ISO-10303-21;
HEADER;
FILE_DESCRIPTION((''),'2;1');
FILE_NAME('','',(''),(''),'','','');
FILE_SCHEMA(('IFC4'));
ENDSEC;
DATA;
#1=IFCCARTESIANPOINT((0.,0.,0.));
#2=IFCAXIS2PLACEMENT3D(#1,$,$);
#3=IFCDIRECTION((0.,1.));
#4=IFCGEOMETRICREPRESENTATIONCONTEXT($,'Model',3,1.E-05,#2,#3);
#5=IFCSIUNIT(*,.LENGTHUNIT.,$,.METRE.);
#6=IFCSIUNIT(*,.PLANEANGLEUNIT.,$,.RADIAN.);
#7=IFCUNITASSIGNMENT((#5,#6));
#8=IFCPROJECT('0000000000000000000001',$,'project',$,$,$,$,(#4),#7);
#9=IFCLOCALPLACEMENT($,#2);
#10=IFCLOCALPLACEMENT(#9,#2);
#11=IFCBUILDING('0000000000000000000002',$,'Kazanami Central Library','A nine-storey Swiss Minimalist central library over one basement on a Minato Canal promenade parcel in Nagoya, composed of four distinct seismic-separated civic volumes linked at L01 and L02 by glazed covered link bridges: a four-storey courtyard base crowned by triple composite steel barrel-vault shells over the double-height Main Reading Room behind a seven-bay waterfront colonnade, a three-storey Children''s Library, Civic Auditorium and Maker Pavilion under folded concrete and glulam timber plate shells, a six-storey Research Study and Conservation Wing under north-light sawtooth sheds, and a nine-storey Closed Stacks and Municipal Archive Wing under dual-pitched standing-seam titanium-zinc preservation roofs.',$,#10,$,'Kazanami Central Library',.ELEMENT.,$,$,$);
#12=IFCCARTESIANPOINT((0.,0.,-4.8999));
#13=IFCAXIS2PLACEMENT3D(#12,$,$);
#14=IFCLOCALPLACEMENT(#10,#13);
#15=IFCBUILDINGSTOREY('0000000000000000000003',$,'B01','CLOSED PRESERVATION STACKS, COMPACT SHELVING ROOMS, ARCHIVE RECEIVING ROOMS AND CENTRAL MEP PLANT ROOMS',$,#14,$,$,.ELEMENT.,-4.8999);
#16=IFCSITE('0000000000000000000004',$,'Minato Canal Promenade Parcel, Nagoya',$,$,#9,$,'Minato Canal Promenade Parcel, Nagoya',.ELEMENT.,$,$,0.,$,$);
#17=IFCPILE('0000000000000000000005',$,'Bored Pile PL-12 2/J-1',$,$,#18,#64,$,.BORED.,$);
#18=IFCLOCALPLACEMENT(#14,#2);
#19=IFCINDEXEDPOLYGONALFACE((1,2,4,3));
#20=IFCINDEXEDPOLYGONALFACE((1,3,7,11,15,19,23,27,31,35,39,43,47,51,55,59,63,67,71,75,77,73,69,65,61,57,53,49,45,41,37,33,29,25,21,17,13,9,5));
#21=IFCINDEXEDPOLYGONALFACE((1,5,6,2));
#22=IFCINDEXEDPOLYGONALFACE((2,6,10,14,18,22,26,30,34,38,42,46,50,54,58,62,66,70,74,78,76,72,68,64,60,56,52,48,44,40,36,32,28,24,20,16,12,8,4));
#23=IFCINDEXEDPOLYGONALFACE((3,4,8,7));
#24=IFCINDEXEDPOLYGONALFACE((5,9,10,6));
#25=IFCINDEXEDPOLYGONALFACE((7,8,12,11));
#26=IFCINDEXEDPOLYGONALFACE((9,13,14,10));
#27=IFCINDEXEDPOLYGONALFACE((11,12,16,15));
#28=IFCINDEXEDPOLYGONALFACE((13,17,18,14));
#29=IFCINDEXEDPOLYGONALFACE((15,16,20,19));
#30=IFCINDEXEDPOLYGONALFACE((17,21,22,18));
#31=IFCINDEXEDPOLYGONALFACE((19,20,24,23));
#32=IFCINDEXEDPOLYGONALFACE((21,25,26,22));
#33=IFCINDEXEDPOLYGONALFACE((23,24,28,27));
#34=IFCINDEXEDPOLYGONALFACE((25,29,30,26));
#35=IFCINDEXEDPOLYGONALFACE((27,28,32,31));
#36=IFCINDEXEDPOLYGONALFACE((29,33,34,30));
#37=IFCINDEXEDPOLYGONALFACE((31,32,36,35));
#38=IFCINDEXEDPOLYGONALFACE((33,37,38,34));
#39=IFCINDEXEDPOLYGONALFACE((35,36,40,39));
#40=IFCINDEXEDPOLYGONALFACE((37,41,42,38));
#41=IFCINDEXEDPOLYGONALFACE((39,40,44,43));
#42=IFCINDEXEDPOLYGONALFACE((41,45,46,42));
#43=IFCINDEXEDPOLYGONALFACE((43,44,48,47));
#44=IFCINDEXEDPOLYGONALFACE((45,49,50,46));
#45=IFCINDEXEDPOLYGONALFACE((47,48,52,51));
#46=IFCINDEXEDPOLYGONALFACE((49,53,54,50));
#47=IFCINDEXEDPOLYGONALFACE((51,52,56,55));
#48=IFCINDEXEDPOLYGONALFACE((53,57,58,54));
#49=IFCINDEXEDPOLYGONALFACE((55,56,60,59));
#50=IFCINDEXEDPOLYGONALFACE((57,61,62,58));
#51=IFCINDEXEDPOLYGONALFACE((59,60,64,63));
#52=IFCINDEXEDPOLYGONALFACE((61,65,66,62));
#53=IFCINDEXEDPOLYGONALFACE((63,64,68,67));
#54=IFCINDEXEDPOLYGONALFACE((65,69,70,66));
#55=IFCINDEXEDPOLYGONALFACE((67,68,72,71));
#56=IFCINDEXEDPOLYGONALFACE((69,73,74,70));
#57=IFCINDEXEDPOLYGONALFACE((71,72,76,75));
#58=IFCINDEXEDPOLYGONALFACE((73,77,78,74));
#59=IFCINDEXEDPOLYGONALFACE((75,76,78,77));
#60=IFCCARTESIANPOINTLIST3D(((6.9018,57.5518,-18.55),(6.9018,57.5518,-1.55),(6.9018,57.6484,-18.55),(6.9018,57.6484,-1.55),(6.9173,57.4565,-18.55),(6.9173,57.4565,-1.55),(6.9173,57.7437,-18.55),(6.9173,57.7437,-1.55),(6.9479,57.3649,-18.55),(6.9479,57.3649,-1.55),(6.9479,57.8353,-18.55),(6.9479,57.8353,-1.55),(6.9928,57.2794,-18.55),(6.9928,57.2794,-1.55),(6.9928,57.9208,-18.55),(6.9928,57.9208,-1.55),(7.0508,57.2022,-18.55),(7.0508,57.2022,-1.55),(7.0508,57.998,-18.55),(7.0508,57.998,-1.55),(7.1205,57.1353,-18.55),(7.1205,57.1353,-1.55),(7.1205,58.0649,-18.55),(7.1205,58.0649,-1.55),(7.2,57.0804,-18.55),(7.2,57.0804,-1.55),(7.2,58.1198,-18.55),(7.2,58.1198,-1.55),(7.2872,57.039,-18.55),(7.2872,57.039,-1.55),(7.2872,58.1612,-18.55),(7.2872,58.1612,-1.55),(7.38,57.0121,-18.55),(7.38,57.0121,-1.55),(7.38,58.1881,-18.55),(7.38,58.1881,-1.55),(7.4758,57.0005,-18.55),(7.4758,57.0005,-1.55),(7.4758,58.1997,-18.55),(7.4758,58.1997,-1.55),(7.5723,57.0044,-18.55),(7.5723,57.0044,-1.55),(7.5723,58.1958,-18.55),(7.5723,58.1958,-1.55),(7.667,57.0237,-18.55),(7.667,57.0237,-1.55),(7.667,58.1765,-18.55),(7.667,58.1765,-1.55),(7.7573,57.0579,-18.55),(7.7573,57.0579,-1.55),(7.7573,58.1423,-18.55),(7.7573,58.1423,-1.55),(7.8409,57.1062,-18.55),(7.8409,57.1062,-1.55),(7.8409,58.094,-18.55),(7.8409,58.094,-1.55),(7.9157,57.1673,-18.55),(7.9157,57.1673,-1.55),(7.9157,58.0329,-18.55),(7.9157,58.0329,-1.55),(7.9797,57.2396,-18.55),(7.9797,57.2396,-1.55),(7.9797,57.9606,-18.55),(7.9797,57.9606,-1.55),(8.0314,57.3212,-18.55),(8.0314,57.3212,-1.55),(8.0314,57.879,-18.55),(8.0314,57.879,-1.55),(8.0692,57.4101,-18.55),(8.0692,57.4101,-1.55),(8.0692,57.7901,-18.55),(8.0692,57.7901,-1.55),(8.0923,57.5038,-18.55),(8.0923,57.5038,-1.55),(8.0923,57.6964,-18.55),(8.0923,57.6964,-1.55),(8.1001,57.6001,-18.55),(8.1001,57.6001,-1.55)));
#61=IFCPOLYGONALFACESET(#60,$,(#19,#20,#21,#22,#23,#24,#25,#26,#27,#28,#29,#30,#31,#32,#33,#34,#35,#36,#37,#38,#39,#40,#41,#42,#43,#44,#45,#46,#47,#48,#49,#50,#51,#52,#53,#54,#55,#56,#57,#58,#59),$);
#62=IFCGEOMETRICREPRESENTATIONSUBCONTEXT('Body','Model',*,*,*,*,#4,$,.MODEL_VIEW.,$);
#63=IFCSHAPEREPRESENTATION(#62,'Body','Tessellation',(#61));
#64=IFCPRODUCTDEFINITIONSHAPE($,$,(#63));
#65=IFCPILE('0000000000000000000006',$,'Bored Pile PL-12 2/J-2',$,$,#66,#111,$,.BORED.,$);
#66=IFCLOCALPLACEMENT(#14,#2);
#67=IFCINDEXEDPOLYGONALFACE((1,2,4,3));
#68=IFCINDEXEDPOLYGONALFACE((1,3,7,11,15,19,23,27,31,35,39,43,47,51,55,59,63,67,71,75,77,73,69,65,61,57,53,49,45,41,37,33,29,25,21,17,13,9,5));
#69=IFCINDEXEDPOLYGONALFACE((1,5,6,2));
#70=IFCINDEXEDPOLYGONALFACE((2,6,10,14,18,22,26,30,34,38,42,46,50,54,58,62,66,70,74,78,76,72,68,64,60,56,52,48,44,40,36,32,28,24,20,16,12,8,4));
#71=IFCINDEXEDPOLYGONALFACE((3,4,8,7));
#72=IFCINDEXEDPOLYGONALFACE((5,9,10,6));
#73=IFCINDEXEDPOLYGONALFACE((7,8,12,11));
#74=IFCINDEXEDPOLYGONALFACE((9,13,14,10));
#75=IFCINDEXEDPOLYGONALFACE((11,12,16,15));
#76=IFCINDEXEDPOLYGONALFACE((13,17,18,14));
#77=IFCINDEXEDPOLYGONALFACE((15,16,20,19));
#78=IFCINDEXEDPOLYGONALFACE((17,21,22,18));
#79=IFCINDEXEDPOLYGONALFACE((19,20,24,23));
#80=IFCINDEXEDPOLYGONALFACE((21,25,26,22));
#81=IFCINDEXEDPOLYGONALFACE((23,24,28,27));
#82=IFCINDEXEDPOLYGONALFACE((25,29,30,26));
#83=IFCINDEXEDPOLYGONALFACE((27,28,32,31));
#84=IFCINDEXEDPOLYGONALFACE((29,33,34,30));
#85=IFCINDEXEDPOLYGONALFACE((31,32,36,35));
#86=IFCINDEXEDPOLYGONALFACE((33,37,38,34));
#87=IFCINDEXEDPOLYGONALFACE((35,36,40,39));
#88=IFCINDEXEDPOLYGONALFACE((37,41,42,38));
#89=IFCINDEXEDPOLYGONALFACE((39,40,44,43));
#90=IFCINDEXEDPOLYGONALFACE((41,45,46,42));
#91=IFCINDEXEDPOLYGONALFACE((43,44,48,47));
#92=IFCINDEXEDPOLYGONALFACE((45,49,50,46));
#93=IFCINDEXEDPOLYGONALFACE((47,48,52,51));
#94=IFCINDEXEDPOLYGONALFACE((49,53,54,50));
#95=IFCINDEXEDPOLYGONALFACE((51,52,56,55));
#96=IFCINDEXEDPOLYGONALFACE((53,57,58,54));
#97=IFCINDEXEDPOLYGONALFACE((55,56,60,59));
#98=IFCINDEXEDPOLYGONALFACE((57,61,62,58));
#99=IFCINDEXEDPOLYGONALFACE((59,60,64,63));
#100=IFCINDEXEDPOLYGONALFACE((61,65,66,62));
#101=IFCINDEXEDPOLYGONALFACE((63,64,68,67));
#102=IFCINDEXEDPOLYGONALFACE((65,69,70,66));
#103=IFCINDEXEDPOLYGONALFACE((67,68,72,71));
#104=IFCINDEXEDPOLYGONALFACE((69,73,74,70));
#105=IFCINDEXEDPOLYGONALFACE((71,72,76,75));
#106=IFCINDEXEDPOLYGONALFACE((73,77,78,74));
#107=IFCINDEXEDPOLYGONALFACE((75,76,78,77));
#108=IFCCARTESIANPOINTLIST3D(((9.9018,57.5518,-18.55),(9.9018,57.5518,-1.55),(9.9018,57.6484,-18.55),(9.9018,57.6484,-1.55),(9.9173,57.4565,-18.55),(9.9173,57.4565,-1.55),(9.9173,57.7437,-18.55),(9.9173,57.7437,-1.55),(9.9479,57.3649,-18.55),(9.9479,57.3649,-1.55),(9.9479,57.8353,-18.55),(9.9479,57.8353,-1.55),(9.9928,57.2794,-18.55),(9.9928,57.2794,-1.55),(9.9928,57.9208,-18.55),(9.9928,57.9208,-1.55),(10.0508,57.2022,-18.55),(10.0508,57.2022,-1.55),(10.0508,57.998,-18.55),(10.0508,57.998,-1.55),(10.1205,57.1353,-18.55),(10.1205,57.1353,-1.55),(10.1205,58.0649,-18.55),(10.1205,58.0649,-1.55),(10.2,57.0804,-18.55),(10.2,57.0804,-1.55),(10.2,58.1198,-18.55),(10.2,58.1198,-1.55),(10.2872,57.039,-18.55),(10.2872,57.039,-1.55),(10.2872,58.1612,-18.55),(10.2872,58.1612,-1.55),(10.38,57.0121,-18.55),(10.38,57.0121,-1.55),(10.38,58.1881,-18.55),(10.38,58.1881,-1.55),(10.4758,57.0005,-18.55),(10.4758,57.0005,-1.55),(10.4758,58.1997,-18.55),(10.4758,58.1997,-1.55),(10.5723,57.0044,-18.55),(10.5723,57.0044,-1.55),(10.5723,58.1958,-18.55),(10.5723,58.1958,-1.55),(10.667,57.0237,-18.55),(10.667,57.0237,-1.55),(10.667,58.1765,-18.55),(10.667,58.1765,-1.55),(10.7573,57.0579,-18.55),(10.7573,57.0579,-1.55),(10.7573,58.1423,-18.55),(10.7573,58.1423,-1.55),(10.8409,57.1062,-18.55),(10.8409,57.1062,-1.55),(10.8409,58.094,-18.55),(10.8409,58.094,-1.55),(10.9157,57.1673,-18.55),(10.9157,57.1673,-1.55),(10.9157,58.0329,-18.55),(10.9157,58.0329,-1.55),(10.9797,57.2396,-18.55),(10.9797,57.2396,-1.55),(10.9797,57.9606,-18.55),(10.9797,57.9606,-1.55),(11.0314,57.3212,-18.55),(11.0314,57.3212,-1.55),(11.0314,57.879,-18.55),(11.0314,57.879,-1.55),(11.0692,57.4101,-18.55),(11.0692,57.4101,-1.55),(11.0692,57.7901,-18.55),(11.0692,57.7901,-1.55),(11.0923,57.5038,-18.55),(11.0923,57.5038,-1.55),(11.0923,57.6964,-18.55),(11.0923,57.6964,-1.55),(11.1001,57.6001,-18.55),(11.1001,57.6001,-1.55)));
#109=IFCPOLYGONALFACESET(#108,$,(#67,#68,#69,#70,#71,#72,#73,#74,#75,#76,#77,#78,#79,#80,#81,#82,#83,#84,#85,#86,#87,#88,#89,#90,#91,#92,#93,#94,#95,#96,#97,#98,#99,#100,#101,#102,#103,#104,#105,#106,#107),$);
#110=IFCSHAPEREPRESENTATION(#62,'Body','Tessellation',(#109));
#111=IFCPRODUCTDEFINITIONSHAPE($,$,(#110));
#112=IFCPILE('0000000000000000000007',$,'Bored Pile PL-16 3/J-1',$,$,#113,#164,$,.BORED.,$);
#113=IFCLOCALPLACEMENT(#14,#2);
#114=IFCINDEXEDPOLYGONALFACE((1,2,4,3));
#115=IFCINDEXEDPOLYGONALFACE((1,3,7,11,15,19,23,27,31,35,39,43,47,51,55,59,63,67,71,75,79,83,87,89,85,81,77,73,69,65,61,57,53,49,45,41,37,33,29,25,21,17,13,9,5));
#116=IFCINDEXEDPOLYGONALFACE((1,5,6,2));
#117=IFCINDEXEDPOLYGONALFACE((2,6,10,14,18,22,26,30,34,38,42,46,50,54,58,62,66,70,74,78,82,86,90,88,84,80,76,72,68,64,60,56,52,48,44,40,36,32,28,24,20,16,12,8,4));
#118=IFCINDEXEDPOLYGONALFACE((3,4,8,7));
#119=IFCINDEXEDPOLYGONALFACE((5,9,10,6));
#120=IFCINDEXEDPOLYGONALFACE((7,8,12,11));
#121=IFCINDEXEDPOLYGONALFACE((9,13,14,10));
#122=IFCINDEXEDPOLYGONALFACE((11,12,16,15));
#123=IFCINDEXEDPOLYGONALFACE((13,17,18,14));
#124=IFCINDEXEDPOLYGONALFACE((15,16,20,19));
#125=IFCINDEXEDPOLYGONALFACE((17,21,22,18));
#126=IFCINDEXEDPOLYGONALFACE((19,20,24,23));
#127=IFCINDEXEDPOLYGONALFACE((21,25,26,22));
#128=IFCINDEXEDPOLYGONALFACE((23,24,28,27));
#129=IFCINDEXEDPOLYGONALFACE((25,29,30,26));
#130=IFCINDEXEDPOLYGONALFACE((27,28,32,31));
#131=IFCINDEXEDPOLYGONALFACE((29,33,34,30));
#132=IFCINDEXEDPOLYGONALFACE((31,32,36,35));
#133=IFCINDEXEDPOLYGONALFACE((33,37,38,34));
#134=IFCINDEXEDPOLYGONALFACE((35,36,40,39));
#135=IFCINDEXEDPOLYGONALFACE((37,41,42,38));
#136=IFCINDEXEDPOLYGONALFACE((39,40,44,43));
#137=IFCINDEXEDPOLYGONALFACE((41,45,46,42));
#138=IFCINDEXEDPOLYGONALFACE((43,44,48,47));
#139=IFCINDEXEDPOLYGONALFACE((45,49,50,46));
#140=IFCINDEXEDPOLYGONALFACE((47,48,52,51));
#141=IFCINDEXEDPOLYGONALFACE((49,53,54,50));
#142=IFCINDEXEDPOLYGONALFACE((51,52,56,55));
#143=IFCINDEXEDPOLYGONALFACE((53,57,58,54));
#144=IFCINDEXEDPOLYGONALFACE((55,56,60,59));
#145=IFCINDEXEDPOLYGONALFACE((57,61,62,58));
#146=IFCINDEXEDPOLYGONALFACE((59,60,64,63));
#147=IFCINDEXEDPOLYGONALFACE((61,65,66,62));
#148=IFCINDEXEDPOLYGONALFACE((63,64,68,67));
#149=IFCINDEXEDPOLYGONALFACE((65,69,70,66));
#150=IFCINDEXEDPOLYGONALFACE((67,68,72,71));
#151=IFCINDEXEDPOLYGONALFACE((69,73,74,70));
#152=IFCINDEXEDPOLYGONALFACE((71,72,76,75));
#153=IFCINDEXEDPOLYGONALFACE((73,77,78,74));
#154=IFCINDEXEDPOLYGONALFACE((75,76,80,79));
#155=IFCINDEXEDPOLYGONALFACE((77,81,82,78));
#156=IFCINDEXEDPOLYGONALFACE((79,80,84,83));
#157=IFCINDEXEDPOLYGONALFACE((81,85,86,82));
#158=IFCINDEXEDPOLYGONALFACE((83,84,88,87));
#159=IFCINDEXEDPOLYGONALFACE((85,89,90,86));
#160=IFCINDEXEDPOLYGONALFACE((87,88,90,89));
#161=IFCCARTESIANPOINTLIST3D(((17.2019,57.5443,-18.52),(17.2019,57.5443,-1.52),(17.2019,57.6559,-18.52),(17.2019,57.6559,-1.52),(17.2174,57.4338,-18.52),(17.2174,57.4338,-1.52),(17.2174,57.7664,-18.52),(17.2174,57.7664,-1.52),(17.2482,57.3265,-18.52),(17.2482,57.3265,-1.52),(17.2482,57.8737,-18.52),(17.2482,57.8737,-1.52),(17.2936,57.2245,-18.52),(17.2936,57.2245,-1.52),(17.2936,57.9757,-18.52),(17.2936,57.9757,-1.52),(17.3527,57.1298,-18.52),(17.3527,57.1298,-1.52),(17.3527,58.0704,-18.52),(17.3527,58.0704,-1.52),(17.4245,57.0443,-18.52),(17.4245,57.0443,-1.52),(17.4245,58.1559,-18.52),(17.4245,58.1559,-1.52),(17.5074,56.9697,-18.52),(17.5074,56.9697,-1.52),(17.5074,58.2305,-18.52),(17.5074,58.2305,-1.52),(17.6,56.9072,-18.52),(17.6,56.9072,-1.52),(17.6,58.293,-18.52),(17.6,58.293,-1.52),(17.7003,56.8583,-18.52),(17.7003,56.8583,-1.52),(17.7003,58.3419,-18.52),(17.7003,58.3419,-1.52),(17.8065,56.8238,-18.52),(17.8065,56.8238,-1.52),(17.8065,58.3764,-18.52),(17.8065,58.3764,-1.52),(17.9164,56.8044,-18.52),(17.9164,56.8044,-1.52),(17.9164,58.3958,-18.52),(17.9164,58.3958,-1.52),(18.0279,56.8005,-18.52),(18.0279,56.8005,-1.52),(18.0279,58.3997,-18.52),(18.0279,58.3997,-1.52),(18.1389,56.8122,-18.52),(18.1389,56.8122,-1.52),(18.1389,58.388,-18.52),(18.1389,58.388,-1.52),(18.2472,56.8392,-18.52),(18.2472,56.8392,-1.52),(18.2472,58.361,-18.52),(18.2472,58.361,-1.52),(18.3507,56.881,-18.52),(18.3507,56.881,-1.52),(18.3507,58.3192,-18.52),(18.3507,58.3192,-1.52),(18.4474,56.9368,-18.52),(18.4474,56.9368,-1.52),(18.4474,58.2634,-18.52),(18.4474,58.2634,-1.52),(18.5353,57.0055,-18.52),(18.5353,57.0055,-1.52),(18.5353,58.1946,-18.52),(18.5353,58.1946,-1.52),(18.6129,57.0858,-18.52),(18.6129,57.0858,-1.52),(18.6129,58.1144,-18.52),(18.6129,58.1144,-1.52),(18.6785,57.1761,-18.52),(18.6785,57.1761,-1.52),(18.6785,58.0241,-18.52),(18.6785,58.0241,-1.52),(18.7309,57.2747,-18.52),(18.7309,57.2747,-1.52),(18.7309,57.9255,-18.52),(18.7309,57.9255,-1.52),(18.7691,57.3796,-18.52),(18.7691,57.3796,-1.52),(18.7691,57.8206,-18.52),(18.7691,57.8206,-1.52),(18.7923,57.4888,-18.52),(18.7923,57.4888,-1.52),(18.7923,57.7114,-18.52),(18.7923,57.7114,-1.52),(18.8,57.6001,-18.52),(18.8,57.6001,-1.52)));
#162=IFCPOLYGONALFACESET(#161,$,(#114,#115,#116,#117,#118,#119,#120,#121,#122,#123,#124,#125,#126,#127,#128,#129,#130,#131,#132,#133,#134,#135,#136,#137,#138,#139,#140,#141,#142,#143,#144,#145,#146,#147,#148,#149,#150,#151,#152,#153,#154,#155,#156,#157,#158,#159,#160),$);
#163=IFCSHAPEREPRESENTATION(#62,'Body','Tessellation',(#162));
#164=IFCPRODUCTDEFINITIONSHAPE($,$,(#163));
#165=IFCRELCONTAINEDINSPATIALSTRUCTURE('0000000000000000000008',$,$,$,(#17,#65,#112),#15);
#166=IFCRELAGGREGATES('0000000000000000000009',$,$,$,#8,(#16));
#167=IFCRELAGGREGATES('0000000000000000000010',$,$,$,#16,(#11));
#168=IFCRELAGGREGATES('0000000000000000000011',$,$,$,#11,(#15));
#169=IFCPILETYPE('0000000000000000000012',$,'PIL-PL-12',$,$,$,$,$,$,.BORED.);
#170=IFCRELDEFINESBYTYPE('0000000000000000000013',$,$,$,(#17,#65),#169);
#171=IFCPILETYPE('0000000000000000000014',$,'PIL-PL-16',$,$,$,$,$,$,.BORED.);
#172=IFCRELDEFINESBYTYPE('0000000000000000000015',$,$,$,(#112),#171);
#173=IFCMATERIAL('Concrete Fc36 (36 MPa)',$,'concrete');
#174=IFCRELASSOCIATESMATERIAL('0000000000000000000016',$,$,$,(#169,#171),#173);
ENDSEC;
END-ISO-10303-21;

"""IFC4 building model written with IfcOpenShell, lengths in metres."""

from ifc_helpers import new_model, si_unit, direction, frame, origin, origin_2d, place, context, subcontext, project, spatial, circle, extrude, material, material_profile, profile_set, type_object, element, save


model = new_model("IFC4")

# Units and contexts
model_context = context("Model", 3, precision=1e-05, world=origin(), true_north=direction((0.0, 1.0)))
body_context = subcontext(model_context, "Body", "Model", "MODEL_VIEW")
ifc_project = project(units=[si_unit("LENGTHUNIT", "METRE"), si_unit("PLANEANGLEUNIT", "RADIAN")], contexts=[model_context])

# Site, building, storey
site_placement = place(None, origin())
site = spatial("IfcSite", under=ifc_project, at=site_placement, Name="Minato Canal Promenade Parcel, Nagoya", LongName="Minato Canal Promenade Parcel, Nagoya", CompositionType="ELEMENT", RefElevation=0.0)
building_placement = place(site_placement, origin())
building = spatial("IfcBuilding", under=site, at=building_placement, Name="Kazanami Central Library", Description="A nine-storey Swiss Minimalist central library over one basement on a Minato Canal promenade parcel in Nagoya, composed of four distinct seismic-separated civic volumes linked at L01 and L02 by glazed covered link bridges: a four-storey courtyard base crowned by triple composite steel barrel-vault shells over the double-height Main Reading Room behind a seven-bay waterfront colonnade, a three-storey Children's Library, Civic Auditorium and Maker Pavilion under folded concrete and glulam timber plate shells, a six-storey Research Study and Conservation Wing under north-light sawtooth sheds, and a nine-storey Closed Stacks and Municipal Archive Wing under dual-pitched standing-seam titanium-zinc preservation roofs.", LongName="Kazanami Central Library", CompositionType="ELEMENT")
storey_placement = place(building_placement, frame((0.0, 0.0, -4.8999)))
storey = spatial("IfcBuildingStorey", under=building, at=storey_placement, Name="B01", Description="CLOSED PRESERVATION STACKS, COMPACT SHELVING ROOMS, ARCHIVE RECEIVING ROOMS AND CENTRAL MEP PLANT ROOMS", CompositionType="ELEMENT", Elevation=-4.8999)

# Shared definitions
ifc_material_1 = material(Name="Concrete Fc36 (36 MPa)", Category="concrete")

# Piles
ifc_material_profile_1 = material_profile(ifc_material_1, circle(Radius=0.6001, at=origin_2d()), Name="BORED-D1200")
ifc_profile_set_1 = profile_set([ifc_material_profile_1], Name="Concrete Fc36 (36 MPa)")
pile_type_1 = type_object("IfcPileType", Name="PIL-PL-12", PredefinedType="BORED", material=ifc_profile_set_1)
for number, where, z_axis, x_axis, name in (
    (1, (7.5, 57.6001, -1.55), (0.0, 0.0, -1.0), (1.0, 0.0, 0.0), "Bored Pile PL-12 2/J-1"),
    (2, (10.5, 57.6001, -1.55), (0.0, 0.0, -1.0), (1.0, 0.0, 0.0), "Bored Pile PL-12 2/J-2"),
):
    element("IfcPile", number, at=place(storey_placement, frame(where, z_axis=z_axis, x_axis=x_axis)), inside=storey, type_object=pile_type_1, Name=name, PredefinedType="BORED", context=body_context, shape_type="SweptSolid", body=[
        extrude(circle(Radius=0.6001, at=origin_2d()), origin(), (0.0, 0.0, 1.0), 17.0),
    ])
ifc_material_profile_2 = material_profile(ifc_material_1, circle(Radius=0.8, at=origin_2d()), Name="BORED-D1600")
ifc_profile_set_2 = profile_set([ifc_material_profile_2], Name="Concrete Fc36 (36 MPa)")
pile_type_2 = type_object("IfcPileType", Name="PIL-PL-16", PredefinedType="BORED", material=ifc_profile_set_2)
pile_1_placement = place(storey_placement, frame((18.0, 57.6001, -1.52), z_axis=(0.0, 0.0, -1.0), x_axis=(1.0, 0.0, 0.0)))
element("IfcPile", 3, at=pile_1_placement, inside=storey, type_object=pile_type_2, Name="Bored Pile PL-16 3/J-1", PredefinedType="BORED", context=body_context, shape_type="SweptSolid", body=[
    extrude(circle(Radius=0.8, at=origin_2d()), origin(), (0.0, 0.0, 1.0), 17.0),
])

save(model, "model.ifc")
